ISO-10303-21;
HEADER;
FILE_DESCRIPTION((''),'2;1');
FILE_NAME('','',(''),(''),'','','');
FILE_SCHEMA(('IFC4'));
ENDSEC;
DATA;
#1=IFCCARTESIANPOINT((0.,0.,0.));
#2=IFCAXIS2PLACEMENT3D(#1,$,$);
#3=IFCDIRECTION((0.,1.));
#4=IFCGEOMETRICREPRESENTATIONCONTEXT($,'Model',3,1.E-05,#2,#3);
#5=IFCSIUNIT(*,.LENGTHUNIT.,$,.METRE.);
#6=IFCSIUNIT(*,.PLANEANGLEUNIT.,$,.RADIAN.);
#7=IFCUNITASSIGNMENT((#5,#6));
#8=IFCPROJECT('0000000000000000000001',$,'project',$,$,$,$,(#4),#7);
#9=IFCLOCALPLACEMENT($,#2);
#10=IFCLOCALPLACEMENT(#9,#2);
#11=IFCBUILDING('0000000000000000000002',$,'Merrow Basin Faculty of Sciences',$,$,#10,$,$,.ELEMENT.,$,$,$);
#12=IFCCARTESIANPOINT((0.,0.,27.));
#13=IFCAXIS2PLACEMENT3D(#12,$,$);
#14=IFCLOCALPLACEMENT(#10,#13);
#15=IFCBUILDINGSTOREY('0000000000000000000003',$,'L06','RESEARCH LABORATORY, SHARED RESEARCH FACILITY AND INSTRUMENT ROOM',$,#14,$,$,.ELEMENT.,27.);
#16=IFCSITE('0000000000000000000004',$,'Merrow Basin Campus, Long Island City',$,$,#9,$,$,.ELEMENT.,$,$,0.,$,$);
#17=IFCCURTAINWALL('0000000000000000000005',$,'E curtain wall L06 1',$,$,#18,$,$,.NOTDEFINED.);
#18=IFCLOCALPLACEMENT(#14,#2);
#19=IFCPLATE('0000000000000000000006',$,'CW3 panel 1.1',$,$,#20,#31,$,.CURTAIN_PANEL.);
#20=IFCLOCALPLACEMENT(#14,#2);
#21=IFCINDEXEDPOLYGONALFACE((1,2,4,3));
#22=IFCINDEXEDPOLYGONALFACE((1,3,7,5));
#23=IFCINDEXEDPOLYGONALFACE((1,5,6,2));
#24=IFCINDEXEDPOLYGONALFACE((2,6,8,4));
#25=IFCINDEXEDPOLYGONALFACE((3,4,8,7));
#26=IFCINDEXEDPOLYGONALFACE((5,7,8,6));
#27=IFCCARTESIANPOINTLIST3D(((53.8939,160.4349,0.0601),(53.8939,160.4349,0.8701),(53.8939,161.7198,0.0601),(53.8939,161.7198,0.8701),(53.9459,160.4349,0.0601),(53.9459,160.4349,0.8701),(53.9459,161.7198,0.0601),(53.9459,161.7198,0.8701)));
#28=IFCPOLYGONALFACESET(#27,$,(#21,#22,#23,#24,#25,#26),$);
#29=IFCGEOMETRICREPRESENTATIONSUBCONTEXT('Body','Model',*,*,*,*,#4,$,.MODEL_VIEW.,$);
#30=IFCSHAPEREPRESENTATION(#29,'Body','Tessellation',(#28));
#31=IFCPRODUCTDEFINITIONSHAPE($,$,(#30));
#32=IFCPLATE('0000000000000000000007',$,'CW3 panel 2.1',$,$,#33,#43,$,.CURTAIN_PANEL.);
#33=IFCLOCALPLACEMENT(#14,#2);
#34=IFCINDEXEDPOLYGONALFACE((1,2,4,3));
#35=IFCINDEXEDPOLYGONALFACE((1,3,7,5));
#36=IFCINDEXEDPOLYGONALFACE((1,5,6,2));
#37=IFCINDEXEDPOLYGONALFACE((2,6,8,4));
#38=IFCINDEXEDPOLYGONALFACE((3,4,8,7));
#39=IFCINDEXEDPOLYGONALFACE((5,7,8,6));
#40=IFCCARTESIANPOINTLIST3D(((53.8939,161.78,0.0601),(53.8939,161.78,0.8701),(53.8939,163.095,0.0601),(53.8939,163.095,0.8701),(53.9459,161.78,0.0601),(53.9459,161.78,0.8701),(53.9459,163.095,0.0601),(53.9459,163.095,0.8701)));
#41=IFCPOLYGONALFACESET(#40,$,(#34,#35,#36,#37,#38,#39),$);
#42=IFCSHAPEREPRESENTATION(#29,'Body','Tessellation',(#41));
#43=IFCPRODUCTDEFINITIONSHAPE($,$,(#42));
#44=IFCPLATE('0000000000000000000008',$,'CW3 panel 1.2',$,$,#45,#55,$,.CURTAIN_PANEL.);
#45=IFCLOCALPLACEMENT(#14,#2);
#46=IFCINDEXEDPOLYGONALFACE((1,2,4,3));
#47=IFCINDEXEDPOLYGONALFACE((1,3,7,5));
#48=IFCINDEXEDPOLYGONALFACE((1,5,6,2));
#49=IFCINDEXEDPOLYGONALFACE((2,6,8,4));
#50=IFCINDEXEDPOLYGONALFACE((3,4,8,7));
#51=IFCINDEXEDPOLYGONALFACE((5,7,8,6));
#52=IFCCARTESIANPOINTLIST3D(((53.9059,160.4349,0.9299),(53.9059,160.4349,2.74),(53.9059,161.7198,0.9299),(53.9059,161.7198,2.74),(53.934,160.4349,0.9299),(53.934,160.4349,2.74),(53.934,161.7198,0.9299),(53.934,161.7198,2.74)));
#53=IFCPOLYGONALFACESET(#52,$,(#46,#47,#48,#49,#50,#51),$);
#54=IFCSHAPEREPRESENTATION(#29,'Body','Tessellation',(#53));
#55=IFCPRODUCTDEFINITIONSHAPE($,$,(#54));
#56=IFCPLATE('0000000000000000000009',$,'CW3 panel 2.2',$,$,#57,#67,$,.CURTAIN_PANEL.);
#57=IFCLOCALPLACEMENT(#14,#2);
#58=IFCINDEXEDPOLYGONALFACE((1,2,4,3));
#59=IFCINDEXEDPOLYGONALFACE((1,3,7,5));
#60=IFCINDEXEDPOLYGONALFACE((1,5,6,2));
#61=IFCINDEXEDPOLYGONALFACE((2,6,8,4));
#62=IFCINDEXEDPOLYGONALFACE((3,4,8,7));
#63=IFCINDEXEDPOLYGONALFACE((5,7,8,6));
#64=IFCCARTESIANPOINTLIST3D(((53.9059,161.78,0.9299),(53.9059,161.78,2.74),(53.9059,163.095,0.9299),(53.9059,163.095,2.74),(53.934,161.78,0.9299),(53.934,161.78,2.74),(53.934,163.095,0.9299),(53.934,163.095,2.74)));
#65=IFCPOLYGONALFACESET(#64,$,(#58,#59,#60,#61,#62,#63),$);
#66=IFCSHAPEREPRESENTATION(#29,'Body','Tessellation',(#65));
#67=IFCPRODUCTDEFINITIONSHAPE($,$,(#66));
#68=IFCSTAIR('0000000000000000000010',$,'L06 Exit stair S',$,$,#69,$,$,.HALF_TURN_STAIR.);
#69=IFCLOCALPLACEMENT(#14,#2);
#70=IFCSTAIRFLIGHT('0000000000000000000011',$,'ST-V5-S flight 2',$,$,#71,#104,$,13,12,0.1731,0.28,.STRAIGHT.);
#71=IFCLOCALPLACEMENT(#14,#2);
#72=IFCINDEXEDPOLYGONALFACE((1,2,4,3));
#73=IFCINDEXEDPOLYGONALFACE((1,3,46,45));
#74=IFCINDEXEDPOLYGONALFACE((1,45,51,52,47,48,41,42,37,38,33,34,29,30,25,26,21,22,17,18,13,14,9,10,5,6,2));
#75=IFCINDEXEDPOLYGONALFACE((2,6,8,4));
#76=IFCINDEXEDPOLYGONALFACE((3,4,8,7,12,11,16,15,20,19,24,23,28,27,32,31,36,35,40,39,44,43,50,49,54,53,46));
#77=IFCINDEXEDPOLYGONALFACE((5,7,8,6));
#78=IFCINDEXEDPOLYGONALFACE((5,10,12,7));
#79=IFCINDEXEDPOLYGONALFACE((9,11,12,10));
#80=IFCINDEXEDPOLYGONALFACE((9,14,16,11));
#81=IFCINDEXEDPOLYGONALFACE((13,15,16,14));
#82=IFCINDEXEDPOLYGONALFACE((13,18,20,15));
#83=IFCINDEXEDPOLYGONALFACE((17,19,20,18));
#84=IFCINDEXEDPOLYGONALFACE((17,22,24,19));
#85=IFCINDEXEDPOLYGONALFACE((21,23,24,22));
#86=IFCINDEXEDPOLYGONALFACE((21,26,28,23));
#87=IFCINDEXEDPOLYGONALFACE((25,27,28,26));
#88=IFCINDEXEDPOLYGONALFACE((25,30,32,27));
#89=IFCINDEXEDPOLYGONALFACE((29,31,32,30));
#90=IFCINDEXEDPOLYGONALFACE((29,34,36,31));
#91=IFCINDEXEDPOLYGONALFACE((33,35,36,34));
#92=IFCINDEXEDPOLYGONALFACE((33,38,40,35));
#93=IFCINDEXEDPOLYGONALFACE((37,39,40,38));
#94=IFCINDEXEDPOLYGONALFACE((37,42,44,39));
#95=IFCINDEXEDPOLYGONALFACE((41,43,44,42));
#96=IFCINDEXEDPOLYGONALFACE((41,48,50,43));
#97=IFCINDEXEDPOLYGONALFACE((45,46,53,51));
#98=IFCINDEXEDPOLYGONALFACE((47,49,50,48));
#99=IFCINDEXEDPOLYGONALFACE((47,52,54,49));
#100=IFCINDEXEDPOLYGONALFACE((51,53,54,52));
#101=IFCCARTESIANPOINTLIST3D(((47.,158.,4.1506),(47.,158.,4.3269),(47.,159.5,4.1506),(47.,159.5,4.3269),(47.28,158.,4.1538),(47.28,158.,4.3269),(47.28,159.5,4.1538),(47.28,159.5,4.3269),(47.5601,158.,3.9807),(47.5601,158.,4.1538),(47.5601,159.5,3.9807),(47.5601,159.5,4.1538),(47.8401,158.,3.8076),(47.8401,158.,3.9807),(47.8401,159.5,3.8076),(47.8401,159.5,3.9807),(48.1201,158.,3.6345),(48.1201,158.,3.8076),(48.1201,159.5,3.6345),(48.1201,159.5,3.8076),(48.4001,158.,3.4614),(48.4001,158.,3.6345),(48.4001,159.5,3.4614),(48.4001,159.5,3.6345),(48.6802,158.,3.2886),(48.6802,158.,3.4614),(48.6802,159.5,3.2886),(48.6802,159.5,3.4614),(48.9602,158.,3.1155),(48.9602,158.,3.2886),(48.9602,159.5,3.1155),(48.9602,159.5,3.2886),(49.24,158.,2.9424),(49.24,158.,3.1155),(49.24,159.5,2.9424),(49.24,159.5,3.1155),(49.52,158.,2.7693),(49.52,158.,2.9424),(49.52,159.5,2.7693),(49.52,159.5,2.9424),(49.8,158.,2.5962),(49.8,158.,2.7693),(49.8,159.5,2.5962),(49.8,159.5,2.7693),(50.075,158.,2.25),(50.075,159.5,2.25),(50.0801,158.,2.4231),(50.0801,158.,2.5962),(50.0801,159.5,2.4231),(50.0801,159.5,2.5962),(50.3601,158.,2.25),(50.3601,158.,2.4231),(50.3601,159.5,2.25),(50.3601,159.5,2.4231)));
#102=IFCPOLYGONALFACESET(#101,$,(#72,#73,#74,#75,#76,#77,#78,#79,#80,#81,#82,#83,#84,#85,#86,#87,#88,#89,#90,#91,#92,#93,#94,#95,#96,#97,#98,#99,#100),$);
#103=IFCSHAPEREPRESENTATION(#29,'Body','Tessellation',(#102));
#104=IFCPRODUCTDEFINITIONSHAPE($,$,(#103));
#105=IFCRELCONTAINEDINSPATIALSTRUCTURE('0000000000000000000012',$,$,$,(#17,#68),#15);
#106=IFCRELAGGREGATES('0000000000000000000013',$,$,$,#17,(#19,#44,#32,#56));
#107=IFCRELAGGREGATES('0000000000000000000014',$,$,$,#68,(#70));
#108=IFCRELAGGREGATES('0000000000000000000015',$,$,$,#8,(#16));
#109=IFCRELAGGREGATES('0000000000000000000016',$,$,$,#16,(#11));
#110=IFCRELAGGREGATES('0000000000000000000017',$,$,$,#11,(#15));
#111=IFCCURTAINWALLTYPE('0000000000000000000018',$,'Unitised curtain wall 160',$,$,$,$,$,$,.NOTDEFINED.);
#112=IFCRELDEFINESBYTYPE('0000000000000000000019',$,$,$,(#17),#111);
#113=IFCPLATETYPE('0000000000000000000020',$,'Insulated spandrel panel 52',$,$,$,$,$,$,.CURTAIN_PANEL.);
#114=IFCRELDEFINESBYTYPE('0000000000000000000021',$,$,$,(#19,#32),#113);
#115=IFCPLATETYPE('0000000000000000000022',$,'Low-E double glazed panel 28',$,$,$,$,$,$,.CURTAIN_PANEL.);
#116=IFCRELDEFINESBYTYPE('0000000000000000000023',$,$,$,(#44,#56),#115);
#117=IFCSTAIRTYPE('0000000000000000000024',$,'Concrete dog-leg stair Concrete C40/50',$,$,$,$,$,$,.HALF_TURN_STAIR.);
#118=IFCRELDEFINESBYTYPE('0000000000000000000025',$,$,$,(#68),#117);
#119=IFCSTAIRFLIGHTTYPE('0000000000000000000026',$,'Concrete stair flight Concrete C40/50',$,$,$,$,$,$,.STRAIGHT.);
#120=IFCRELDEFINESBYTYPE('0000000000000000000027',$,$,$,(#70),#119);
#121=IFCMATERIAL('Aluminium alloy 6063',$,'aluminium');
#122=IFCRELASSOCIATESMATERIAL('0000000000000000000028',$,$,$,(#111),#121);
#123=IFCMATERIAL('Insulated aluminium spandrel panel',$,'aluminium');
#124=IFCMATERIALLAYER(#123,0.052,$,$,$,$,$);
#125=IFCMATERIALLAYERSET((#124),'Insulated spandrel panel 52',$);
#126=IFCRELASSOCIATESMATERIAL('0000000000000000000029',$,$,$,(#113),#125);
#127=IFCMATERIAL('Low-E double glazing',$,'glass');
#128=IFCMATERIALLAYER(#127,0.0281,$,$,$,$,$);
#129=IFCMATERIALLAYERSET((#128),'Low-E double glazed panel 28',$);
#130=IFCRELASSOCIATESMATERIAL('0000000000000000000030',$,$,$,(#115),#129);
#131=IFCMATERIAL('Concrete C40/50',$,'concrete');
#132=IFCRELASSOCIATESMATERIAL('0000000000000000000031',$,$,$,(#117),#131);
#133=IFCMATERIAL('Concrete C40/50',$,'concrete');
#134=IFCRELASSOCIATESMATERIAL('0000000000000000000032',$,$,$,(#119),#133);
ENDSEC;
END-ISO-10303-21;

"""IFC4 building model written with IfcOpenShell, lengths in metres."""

from ifc_helpers import new_model, si_unit, direction, frame, origin, origin_2d, place, context, subcontext, project, spatial, polyline, rectangle, outline, extrude, material, layer, layer_set, type_object, element, aggregate, save


model = new_model("IFC4")

# Units and contexts
model_context = context("Model", 3, precision=1e-05, world=origin(), true_north=direction((0.0, 1.0)))
body_context = subcontext(model_context, "Body", "Model", "MODEL_VIEW")
ifc_project = project(units=[si_unit("LENGTHUNIT", "METRE"), si_unit("PLANEANGLEUNIT", "RADIAN")], contexts=[model_context])

# Site, building, storey
site_placement = place(None, origin())
site = spatial("IfcSite", under=ifc_project, at=site_placement, Name="Merrow Basin Campus, Long Island City", CompositionType="ELEMENT", RefElevation=0.0)
building_placement = place(site_placement, origin())
building = spatial("IfcBuilding", under=site, at=building_placement, Name="Merrow Basin Faculty of Sciences", CompositionType="ELEMENT")
storey_placement = place(building_placement, frame((0.0, 0.0, 27.0)))
storey = spatial("IfcBuildingStorey", under=building, at=storey_placement, Name="L06", Description="RESEARCH LABORATORY, SHARED RESEARCH FACILITY AND INSTRUMENT ROOM", CompositionType="ELEMENT", Elevation=27.0)

# Curtain wall
ifc_material_1 = material(Name="Aluminium alloy 6063", Category="aluminium")
curtain_wall_type = type_object("IfcCurtainWallType", Name="Unitised curtain wall 160", PredefinedType="NOTDEFINED", material=ifc_material_1)
curtain_wall_placement = place(storey_placement, origin())
curtain_wall = element("IfcCurtainWall", 1, at=curtain_wall_placement, inside=storey, type_object=curtain_wall_type, Name="E curtain wall L06 1", PredefinedType="NOTDEFINED")

# Plates
ifc_material_2 = material(Name="Insulated aluminium spandrel panel", Category="aluminium")
ifc_layer_1 = layer(ifc_material_2, 0.052)
ifc_layer_set_1 = layer_set([ifc_layer_1], Name="Insulated spandrel panel 52")
plate_type_1 = type_object("IfcPlateType", Name="Insulated spandrel panel 52", PredefinedType="CURTAIN_PANEL", material=ifc_layer_set_1)
plate_1_placement = place(storey_placement, frame((53.9199, 161.0774, 0.0601), z_axis=(0.0, 0.0, 1.0), x_axis=(0.0, 1.0, 0.0)))
plate_1 = element("IfcPlate", 2, at=plate_1_placement, type_object=plate_type_1, Name="CW3 panel 1.1", PredefinedType="CURTAIN_PANEL", context=body_context, shape_type="SweptSolid", body=[
    extrude(rectangle(XDim=1.2849, YDim=0.052, at=origin_2d()), origin(), (0.0, 0.0, 1.0), 0.8101),
])
plate_2_placement = place(storey_placement, frame((53.9199, 162.4375, 0.0601), z_axis=(0.0, 0.0, 1.0), x_axis=(0.0, 1.0, 0.0)))
plate_2 = element("IfcPlate", 3, at=plate_2_placement, type_object=plate_type_1, Name="CW3 panel 2.1", PredefinedType="CURTAIN_PANEL", context=body_context, shape_type="SweptSolid", body=[
    extrude(rectangle(XDim=1.3149, YDim=0.052, at=origin_2d()), origin(), (0.0, 0.0, 1.0), 0.8101),
])
ifc_material_3 = material(Name="Low-E double glazing", Category="glass")
ifc_layer_2 = layer(ifc_material_3, 0.0281)
ifc_layer_set_2 = layer_set([ifc_layer_2], Name="Low-E double glazed panel 28")
plate_type_2 = type_object("IfcPlateType", Name="Low-E double glazed panel 28", PredefinedType="CURTAIN_PANEL", material=ifc_layer_set_2)
plate_3_placement = place(storey_placement, frame((53.9199, 161.0774, 0.9299), z_axis=(0.0, 0.0, 1.0), x_axis=(0.0, 1.0, 0.0)))
plate_3 = element("IfcPlate", 4, at=plate_3_placement, type_object=plate_type_2, Name="CW3 panel 1.2", PredefinedType="CURTAIN_PANEL", context=body_context, shape_type="SweptSolid", body=[
    extrude(rectangle(XDim=1.2849, YDim=0.0281, at=origin_2d()), origin(), (0.0, 0.0, 1.0), 1.8101),
])
plate_4_placement = place(storey_placement, frame((53.9199, 162.4375, 0.9299), z_axis=(0.0, 0.0, 1.0), x_axis=(0.0, 1.0, 0.0)))
plate_4 = element("IfcPlate", 5, at=plate_4_placement, type_object=plate_type_2, Name="CW3 panel 2.2", PredefinedType="CURTAIN_PANEL", context=body_context, shape_type="SweptSolid", body=[
    extrude(rectangle(XDim=1.3149, YDim=0.0281, at=origin_2d()), origin(), (0.0, 0.0, 1.0), 1.8101),
])
aggregate(curtain_wall, [plate_1, plate_3, plate_2, plate_4])

# Stair, stair flight
ifc_material_4 = material(Name="Concrete C40/50", Category="concrete")
stair_type = type_object("IfcStairType", Name="Concrete dog-leg stair Concrete C40/50", PredefinedType="HALF_TURN_STAIR", material=ifc_material_4)
stair_placement = place(storey_placement, origin())
stair = element("IfcStair", 6, at=stair_placement, inside=storey, type_object=stair_type, Name="L06 Exit stair S", PredefinedType="HALF_TURN_STAIR")
ifc_material_5 = material(Name="Concrete C40/50", Category="concrete")
stair_flight_type = type_object("IfcStairFlightType", Name="Concrete stair flight Concrete C40/50", PredefinedType="STRAIGHT", material=ifc_material_5)
stair_flight_placement = place(storey_placement, frame((50.3601, 158.75, 2.25), z_axis=(0.0, 0.0, 1.0), x_axis=(-1.0, 0.0, 0.0)))
stair_flight = element("IfcStairFlight", 7, at=stair_flight_placement, type_object=stair_flight_type, Name="ST-V5-S flight 2", NumberOfRisers=13, NumberOfTreads=12, PredefinedType="STRAIGHT", RiserHeight=0.1731, TreadLength=0.28, context=body_context, shape_type="SweptSolid", body=[
    extrude(outline(polyline([(0.0, 0.0), (0.0, 0.1731), (0.28, 0.1731), (0.28, 0.3462), (0.5601, 0.3462), (0.5601, 0.5193), (0.8401, 0.5193), (0.8401, 0.6924), (1.1201, 0.6924), (1.1201, 0.8655), (1.3999, 0.8655), (1.3999, 1.0386), (1.6799, 1.0386), (1.6799, 1.2114), (1.96, 1.2114), (1.96, 1.3845), (2.24, 1.3845), (2.24, 1.5576), (2.52, 1.5576), (2.52, 1.7307), (2.8, 1.7307), (2.8, 1.9038), (3.0801, 1.9038), (3.0801, 2.0769), (3.3601, 2.0769), (3.3601, 2.25), (3.3601, 1.9006), (0.2852, 0.0), (0.0, 0.0)])), frame((0.0, 0.75, 0.0), z_axis=(0.0, -1.0, 0.0), x_axis=(1.0, 0.0, 0.0)), (0.0, 0.0, 1.0), 1.5),
])
aggregate(stair, [stair_flight])

save(model, "model.ifc")
